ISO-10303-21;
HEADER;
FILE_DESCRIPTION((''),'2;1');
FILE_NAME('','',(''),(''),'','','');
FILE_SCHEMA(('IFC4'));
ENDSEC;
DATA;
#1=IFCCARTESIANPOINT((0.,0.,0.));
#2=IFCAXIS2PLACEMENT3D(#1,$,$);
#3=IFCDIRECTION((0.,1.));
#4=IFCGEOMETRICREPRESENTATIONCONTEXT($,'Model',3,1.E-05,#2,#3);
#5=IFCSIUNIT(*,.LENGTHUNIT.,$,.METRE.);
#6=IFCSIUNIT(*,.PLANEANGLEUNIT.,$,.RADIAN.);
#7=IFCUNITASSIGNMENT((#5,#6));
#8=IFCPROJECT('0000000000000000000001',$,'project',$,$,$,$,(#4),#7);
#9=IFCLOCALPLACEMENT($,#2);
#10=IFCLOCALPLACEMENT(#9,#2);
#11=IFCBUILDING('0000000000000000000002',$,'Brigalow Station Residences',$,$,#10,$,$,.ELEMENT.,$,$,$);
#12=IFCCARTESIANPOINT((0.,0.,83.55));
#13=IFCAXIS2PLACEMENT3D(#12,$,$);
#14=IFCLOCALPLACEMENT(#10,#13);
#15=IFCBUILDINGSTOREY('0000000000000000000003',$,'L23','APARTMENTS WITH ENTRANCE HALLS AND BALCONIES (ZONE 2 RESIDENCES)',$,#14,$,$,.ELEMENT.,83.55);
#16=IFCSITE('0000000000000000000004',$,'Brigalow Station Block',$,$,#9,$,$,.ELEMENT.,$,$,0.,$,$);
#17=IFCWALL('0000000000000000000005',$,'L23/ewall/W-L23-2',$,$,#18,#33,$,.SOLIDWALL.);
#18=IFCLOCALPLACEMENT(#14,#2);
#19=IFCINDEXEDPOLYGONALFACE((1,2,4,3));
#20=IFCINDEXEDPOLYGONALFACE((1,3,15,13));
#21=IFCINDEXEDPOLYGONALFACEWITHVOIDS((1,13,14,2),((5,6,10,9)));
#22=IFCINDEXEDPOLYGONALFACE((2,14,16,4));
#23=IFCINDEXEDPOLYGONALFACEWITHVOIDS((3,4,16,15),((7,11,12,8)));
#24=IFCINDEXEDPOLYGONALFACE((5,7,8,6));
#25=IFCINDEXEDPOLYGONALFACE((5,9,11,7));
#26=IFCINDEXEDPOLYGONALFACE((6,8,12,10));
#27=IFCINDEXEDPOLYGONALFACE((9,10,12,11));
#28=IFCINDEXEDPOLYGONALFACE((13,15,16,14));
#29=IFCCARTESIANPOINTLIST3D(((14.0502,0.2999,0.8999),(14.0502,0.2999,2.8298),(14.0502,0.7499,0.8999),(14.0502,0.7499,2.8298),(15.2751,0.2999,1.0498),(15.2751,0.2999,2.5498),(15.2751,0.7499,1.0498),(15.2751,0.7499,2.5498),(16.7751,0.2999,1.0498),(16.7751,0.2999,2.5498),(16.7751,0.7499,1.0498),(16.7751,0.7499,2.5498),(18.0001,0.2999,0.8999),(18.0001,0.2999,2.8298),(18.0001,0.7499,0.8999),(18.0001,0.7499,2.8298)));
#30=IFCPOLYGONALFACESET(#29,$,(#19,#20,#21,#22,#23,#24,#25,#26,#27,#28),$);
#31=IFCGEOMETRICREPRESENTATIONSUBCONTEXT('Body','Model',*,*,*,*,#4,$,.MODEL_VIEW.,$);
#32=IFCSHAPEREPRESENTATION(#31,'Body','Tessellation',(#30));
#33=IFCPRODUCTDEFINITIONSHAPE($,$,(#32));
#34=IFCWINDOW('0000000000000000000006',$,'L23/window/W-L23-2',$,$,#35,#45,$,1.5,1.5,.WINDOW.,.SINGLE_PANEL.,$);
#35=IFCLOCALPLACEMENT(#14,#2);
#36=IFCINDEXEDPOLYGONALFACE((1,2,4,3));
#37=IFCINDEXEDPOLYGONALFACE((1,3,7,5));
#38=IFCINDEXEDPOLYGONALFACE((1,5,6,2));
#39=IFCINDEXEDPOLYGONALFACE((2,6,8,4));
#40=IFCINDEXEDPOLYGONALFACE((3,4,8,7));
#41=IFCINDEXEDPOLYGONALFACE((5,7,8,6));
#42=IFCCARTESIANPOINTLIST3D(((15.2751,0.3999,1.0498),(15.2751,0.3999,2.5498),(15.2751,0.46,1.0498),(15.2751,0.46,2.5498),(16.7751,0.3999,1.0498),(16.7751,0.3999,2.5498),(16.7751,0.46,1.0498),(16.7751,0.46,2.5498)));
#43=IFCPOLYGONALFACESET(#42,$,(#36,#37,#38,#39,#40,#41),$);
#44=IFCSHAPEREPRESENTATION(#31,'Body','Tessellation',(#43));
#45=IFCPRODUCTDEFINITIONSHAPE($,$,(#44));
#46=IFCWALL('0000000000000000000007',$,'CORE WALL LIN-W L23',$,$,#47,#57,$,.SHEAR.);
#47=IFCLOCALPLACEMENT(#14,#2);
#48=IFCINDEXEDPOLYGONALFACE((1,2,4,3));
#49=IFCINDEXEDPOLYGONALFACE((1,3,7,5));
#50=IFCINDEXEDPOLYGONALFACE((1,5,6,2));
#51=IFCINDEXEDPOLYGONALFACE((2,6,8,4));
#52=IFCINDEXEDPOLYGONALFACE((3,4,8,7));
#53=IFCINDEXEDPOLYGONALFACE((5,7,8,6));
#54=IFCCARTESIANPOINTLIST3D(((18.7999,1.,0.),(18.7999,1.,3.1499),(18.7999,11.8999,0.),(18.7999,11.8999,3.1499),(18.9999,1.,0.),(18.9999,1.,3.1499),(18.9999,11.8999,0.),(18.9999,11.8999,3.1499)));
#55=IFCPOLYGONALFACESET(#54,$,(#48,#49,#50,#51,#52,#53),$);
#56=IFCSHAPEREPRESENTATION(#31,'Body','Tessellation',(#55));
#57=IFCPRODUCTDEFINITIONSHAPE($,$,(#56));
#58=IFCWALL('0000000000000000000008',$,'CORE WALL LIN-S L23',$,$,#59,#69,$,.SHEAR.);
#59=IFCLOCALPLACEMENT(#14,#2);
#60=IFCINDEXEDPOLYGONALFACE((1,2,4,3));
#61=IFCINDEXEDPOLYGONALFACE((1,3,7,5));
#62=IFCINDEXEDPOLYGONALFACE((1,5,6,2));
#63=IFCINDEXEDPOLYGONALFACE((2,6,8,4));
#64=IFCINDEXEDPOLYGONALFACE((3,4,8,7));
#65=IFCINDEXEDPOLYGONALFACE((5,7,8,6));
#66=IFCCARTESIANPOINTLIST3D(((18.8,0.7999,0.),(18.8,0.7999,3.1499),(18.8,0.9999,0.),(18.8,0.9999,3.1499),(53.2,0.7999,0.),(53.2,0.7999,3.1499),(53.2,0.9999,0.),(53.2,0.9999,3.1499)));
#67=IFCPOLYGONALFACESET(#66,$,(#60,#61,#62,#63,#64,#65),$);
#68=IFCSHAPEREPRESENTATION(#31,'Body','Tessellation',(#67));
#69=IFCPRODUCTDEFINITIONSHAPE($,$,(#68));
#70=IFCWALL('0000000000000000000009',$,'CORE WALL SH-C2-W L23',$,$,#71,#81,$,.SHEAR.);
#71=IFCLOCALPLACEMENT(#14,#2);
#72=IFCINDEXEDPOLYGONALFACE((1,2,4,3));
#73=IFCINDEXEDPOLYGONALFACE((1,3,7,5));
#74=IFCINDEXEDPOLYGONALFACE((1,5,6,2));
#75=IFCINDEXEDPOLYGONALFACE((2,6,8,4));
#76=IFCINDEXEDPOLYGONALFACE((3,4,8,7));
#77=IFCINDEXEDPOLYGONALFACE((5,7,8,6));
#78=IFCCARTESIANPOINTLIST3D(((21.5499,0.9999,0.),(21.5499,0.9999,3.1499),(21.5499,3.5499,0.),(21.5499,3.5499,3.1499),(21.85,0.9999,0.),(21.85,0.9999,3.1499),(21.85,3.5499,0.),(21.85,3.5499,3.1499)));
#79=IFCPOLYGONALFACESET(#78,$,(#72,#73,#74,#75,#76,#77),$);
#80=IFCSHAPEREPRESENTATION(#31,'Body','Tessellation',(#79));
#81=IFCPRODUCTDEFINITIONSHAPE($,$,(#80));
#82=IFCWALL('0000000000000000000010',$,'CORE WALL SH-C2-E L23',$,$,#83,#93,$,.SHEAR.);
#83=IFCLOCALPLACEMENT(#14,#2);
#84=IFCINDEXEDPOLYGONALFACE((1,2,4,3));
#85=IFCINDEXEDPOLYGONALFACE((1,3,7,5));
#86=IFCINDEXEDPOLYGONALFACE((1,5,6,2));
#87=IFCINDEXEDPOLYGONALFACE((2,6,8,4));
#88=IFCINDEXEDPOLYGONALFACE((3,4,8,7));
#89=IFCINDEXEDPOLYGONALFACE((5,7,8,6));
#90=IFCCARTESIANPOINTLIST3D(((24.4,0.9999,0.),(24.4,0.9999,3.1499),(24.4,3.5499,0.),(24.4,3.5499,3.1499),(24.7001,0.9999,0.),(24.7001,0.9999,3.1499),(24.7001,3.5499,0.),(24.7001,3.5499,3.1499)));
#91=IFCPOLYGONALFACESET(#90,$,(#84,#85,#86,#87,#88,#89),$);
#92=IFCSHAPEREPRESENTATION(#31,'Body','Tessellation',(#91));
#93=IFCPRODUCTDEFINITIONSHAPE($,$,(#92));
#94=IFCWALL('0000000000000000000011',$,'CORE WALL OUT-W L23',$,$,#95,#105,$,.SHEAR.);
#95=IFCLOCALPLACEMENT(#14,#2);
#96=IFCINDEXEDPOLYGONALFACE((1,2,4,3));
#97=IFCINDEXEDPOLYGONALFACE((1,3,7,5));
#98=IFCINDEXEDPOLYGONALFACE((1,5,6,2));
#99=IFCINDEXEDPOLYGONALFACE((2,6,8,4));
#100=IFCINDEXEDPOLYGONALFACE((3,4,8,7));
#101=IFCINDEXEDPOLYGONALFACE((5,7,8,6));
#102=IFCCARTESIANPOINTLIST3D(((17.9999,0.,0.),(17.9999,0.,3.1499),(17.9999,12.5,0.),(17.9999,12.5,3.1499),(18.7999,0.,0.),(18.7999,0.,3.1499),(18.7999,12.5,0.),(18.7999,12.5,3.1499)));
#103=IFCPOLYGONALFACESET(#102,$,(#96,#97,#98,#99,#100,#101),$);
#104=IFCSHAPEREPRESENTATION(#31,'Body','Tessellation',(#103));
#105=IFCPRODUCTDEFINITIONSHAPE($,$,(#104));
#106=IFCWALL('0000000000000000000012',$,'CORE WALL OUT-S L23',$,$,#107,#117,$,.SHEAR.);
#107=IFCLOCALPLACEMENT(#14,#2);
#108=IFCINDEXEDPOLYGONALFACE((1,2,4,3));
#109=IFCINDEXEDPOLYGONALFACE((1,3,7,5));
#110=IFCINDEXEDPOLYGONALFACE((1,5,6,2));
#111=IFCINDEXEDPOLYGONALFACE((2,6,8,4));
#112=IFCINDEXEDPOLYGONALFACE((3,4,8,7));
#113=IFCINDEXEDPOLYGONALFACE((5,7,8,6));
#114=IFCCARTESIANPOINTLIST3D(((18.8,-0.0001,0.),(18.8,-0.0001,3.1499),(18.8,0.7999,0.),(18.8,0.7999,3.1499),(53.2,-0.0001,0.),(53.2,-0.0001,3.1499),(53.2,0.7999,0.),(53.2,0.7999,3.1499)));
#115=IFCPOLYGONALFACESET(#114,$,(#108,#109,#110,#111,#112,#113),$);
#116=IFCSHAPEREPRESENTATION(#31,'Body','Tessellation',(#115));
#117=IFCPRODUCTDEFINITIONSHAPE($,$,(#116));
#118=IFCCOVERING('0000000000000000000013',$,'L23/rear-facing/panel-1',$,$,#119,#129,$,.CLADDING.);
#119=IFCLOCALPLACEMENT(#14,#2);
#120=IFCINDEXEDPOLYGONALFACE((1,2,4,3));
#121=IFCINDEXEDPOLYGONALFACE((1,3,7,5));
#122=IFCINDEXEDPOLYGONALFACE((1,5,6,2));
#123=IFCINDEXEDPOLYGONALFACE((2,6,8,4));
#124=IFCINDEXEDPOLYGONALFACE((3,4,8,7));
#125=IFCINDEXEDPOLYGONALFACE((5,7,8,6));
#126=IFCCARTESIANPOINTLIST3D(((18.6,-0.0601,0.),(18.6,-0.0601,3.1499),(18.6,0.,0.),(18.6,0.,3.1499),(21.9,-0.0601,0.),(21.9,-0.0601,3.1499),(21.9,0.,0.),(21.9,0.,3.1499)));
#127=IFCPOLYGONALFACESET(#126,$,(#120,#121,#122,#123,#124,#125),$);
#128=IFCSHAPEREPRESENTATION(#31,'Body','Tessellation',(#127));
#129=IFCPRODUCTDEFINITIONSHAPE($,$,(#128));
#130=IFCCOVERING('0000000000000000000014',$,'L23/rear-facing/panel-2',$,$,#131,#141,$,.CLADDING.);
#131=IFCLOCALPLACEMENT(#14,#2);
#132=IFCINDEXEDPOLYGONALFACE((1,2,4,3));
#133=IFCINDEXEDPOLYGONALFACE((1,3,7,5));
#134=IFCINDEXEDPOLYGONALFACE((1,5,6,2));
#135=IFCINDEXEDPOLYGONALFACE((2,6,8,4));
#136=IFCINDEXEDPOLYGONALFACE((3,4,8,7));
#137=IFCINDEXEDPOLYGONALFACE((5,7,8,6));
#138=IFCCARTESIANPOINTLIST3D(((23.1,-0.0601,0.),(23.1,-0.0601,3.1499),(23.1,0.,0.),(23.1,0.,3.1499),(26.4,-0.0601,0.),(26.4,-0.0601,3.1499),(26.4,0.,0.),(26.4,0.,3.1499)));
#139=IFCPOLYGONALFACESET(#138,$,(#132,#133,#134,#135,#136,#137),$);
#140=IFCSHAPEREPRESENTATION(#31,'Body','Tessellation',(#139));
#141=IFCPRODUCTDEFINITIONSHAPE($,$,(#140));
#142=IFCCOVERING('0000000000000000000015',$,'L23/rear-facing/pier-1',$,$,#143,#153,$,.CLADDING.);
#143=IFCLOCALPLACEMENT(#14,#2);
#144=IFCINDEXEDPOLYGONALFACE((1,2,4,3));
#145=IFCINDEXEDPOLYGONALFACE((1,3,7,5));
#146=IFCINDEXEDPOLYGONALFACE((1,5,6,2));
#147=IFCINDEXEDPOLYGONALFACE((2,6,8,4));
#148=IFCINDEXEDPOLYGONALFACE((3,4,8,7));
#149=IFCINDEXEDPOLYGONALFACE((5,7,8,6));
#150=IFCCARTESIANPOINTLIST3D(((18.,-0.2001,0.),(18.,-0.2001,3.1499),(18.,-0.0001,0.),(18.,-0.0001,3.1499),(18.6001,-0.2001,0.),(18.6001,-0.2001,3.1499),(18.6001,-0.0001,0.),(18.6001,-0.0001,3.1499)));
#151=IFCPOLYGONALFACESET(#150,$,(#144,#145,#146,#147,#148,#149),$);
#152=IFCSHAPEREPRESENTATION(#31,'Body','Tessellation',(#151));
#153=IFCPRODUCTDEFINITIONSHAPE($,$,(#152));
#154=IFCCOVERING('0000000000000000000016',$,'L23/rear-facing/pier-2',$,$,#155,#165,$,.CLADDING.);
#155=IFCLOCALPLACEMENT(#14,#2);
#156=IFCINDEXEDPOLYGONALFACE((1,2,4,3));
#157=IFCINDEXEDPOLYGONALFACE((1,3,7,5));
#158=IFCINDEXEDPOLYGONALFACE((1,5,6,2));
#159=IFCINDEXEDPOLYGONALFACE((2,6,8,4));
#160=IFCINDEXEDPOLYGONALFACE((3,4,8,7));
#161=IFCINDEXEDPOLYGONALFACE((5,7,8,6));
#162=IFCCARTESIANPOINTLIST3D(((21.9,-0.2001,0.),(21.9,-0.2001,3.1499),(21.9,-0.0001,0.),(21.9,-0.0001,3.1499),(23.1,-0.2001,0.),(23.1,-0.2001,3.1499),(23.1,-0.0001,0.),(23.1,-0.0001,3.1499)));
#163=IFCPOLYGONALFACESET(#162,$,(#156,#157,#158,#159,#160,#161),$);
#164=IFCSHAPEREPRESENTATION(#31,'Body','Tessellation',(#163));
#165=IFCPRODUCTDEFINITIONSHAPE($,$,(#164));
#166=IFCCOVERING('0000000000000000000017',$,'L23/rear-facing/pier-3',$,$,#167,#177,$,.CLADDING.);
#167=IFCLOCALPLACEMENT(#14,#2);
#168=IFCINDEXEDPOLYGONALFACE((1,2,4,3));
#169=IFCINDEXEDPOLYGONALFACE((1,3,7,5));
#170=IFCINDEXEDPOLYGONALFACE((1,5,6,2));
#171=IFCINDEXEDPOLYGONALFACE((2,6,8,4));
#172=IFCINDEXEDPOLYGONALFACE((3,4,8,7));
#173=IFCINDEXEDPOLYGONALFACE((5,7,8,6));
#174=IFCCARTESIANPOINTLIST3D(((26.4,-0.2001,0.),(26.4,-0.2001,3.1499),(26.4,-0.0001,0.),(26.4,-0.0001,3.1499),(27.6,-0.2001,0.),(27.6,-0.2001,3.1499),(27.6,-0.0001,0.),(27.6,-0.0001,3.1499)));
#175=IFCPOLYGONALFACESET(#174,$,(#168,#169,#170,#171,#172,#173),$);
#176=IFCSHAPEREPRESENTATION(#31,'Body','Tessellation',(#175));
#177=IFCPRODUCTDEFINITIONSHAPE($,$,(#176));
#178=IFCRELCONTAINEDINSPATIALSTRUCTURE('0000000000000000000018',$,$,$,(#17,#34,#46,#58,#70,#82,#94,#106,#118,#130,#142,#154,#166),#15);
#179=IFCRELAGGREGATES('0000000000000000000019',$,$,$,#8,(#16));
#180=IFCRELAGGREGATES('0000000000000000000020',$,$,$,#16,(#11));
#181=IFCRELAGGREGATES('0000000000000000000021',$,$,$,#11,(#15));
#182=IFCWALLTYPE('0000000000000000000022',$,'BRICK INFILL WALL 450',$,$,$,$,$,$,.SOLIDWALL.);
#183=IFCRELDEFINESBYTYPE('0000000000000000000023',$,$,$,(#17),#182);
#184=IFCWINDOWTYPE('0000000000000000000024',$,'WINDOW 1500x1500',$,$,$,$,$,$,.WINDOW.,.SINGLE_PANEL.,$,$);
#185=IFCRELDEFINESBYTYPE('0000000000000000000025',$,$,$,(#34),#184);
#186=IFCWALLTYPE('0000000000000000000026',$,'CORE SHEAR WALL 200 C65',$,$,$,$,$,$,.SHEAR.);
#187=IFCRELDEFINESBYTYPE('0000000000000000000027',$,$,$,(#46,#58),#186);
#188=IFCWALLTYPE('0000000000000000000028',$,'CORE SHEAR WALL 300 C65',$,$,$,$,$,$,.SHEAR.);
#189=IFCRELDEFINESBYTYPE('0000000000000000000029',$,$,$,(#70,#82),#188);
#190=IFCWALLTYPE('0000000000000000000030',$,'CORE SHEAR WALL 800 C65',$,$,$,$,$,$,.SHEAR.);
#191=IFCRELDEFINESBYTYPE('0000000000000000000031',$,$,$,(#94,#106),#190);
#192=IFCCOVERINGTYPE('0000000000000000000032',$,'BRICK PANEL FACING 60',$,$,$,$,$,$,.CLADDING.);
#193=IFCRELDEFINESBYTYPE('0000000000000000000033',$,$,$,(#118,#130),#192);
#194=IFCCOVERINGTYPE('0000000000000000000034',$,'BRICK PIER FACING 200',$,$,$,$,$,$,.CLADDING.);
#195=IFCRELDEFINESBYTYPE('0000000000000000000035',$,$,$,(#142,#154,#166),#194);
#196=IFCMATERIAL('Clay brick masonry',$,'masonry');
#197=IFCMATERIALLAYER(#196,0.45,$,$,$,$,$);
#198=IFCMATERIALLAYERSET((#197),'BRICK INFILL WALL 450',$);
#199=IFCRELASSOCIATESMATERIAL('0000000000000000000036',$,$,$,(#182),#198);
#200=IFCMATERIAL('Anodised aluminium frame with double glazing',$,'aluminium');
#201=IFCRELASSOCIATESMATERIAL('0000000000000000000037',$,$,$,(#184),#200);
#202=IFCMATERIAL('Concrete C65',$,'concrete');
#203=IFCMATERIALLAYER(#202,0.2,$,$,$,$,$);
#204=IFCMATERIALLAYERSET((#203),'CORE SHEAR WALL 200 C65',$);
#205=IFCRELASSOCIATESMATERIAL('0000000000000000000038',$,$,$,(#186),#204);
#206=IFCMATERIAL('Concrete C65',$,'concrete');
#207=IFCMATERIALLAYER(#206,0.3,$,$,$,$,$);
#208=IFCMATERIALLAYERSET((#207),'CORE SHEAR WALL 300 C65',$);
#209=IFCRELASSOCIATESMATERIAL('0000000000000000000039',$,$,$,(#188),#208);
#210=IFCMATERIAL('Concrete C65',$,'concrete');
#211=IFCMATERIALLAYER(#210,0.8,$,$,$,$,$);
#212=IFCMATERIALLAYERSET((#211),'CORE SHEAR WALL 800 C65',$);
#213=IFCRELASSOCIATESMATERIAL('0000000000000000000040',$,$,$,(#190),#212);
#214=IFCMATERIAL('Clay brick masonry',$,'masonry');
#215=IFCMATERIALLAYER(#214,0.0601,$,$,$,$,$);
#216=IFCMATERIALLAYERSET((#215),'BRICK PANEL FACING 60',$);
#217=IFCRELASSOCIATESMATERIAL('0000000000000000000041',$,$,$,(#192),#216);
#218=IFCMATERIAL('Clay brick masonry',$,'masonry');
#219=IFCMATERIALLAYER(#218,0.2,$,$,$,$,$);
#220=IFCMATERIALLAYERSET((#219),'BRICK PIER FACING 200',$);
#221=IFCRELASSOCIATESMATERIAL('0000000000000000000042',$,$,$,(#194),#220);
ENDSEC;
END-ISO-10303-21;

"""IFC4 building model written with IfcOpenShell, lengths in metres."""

from ifc_helpers import new_model, si_unit, direction, frame, frame_2d, origin, origin_2d, place, context, subcontext, project, spatial, rectangle, extrude, material, layer, layer_set, type_object, element, fill, save


model = new_model("IFC4")

# Units and contexts
model_context = context("Model", 3, precision=1e-05, world=origin(), true_north=direction((0.0, 1.0)))
body_context = subcontext(model_context, "Body", "Model", "MODEL_VIEW")
ifc_project = project(units=[si_unit("LENGTHUNIT", "METRE"), si_unit("PLANEANGLEUNIT", "RADIAN")], contexts=[model_context])

# Site, building, storey
site_placement = place(None, origin())
site = spatial("IfcSite", under=ifc_project, at=site_placement, Name="Brigalow Station Block", CompositionType="ELEMENT", RefElevation=0.0)
building_placement = place(site_placement, origin())
building = spatial("IfcBuilding", under=site, at=building_placement, Name="Brigalow Station Residences", CompositionType="ELEMENT")
storey_placement = place(building_placement, frame((0.0, 0.0, 83.55)))
storey = spatial("IfcBuildingStorey", under=building, at=storey_placement, Name="L23", Description="APARTMENTS WITH ENTRANCE HALLS AND BALCONIES (ZONE 2 RESIDENCES)", CompositionType="ELEMENT", Elevation=83.55)

# Wall, opening, window
ifc_material_1 = material(Name="Clay brick masonry", Category="masonry")
ifc_layer_1 = layer(ifc_material_1, 0.45)
ifc_layer_set_1 = layer_set([ifc_layer_1], Name="BRICK INFILL WALL 450")
wall_type_1 = type_object("IfcWallType", Name="BRICK INFILL WALL 450", PredefinedType="SOLIDWALL", material=ifc_layer_set_1)
wall_1_placement = place(storey_placement, frame((14.05, 0.5249, 0.8999), z_axis=(0.0, 0.0, 1.0), x_axis=(1.0, 0.0, 0.0)))
wall_1 = element("IfcWall", 1, at=wall_1_placement, inside=storey, type_object=wall_type_1, Name="L23/ewall/W-L23-2", PredefinedType="SOLIDWALL", context=body_context, shape_type="SweptSolid", body=[
    extrude(rectangle(XDim=3.95, YDim=0.45, at=frame_2d((1.9751, 0.0))), origin(), (0.0, 0.0, 1.0), 1.9299),
])
opening_placement = place(wall_1_placement, frame((1.2251, 0.0, 0.1499)))
opening = element("IfcOpeningElement", 2, at=opening_placement, cuts=wall_1, PredefinedType="OPENING", context=body_context, shape_type="SweptSolid", body=[
    extrude(rectangle(XDim=1.5, YDim=1.5, at=frame_2d((0.75, 0.75))), frame((0.0, 0.2349, 0.0), z_axis=(0.0, -1.0, 0.0), x_axis=(1.0, 0.0, 0.0)), (0.0, 0.0, 1.0), 0.47),
])
ifc_material_2 = material(Name="Anodised aluminium frame with double glazing", Category="aluminium")
window_type = type_object("IfcWindowType", Name="WINDOW 1500x1500", PartitioningType="SINGLE_PANEL", PredefinedType="WINDOW", material=ifc_material_2)
window_placement = place(opening_placement, origin())
window = element("IfcWindow", 3, at=window_placement, inside=storey, type_object=window_type, Name="L23/window/W-L23-2", OverallHeight=1.5, OverallWidth=1.5, PartitioningType="SINGLE_PANEL", PredefinedType="WINDOW", context=body_context, shape_type="SweptSolid", body=[
    extrude(rectangle(XDim=1.5, YDim=1.5, at=frame_2d((0.75, 0.75))), frame((0.0, -0.0649, 0.0), z_axis=(0.0, -1.0, 0.0), x_axis=(1.0, 0.0, 0.0)), (0.0, 0.0, 1.0), 0.0601),
])
fill(opening, window)

# Walls
ifc_material_3 = material(Name="Concrete C65", Category="concrete")
ifc_layer_2 = layer(ifc_material_3, 0.2)
ifc_layer_set_2 = layer_set([ifc_layer_2], Name="CORE SHEAR WALL 200 C65")
wall_type_2 = type_object("IfcWallType", Name="CORE SHEAR WALL 200 C65", PredefinedType="SHEAR", material=ifc_layer_set_2)
wall_2_placement = place(storey_placement, frame((18.8999, 1.0, 0.0), z_axis=(0.0, 0.0, 1.0), x_axis=(0.0, 1.0, 0.0)))
element("IfcWall", 4, at=wall_2_placement, inside=storey, type_object=wall_type_2, Name="CORE WALL LIN-W L23", PredefinedType="SHEAR", context=body_context, shape_type="SweptSolid", body=[
    extrude(rectangle(XDim=10.8999, YDim=0.2, at=frame_2d((5.45, 0.0))), origin(), (0.0, 0.0, 1.0), 3.1499),
])
wall_3_placement = place(storey_placement, frame((18.8, 0.8999, 0.0), z_axis=(0.0, 0.0, 1.0), x_axis=(1.0, 0.0, 0.0)))
element("IfcWall", 5, at=wall_3_placement, inside=storey, type_object=wall_type_2, Name="CORE WALL LIN-S L23", PredefinedType="SHEAR", context=body_context, shape_type="SweptSolid", body=[
    extrude(rectangle(XDim=34.3999, YDim=0.2, at=frame_2d((17.2, 0.0))), origin(), (0.0, 0.0, 1.0), 3.1499),
])
ifc_material_4 = material(Name="Concrete C65", Category="concrete")
ifc_layer_3 = layer(ifc_material_4, 0.3)
ifc_layer_set_3 = layer_set([ifc_layer_3], Name="CORE SHEAR WALL 300 C65")
wall_type_3 = type_object("IfcWallType", Name="CORE SHEAR WALL 300 C65", PredefinedType="SHEAR", material=ifc_layer_set_3)
for number, where, z_axis, x_axis, name in (
    (6, (21.7, 1.0, 0.0), (0.0, 0.0, 1.0), (0.0, 1.0, 0.0), "CORE WALL SH-C2-W L23"),
    (7, (24.55, 1.0, 0.0), (0.0, 0.0, 1.0), (0.0, 1.0, 0.0), "CORE WALL SH-C2-E L23"),
):
    element("IfcWall", number, at=place(storey_placement, frame(where, z_axis=z_axis, x_axis=x_axis)), inside=storey, type_object=wall_type_3, Name=name, PredefinedType="SHEAR", context=body_context, shape_type="SweptSolid", body=[
        extrude(rectangle(XDim=2.55, YDim=0.3, at=frame_2d((1.2749, 0.0))), origin(), (0.0, 0.0, 1.0), 3.1499),
    ])
ifc_material_5 = material(Name="Concrete C65", Category="concrete")
ifc_layer_4 = layer(ifc_material_5, 0.8)
ifc_layer_set_4 = layer_set([ifc_layer_4], Name="CORE SHEAR WALL 800 C65")
wall_type_4 = type_object("IfcWallType", Name="CORE SHEAR WALL 800 C65", PredefinedType="SHEAR", material=ifc_layer_set_4)
wall_4_placement = place(storey_placement, frame((18.3999, 0.0, 0.0), z_axis=(0.0, 0.0, 1.0), x_axis=(0.0, 1.0, 0.0)))
element("IfcWall", 8, at=wall_4_placement, inside=storey, type_object=wall_type_4, Name="CORE WALL OUT-W L23", PredefinedType="SHEAR", context=body_context, shape_type="SweptSolid", body=[
    extrude(rectangle(XDim=12.5, YDim=0.8, at=frame_2d((6.25, 0.0))), origin(), (0.0, 0.0, 1.0), 3.1499),
])
wall_5_placement = place(storey_placement, frame((18.8, 0.3999, 0.0), z_axis=(0.0, 0.0, 1.0), x_axis=(1.0, 0.0, 0.0)))
element("IfcWall", 9, at=wall_5_placement, inside=storey, type_object=wall_type_4, Name="CORE WALL OUT-S L23", PredefinedType="SHEAR", context=body_context, shape_type="SweptSolid", body=[
    extrude(rectangle(XDim=34.3999, YDim=0.8, at=frame_2d((17.2, 0.0))), origin(), (0.0, 0.0, 1.0), 3.1499),
])

# Coverings
ifc_material_6 = material(Name="Clay brick masonry", Category="masonry")
ifc_layer_5 = layer(ifc_material_6, 0.0601)
ifc_layer_set_5 = layer_set([ifc_layer_5], Name="BRICK PANEL FACING 60")
covering_type_1 = type_object("IfcCoveringType", Name="BRICK PANEL FACING 60", PredefinedType="CLADDING", material=ifc_layer_set_5)
for number, where, z_axis, x_axis, name in (
    (10, (20.25, -0.03, 0.0), (0.0, 0.0, 1.0), (1.0, 0.0, 0.0), "L23/rear-facing/panel-1"),
    (11, (24.75, -0.03, 0.0), (0.0, 0.0, 1.0), (1.0, 0.0, 0.0), "L23/rear-facing/panel-2"),
):
    element("IfcCovering", number, at=place(storey_placement, frame(where, z_axis=z_axis, x_axis=x_axis)), inside=storey, type_object=covering_type_1, Name=name, PredefinedType="CLADDING", context=body_context, shape_type="SweptSolid", body=[
        extrude(rectangle(XDim=3.3, YDim=0.0601, at=origin_2d()), origin(), (0.0, 0.0, 1.0), 3.1499),
    ])
ifc_material_7 = material(Name="Clay brick masonry", Category="masonry")
ifc_layer_6 = layer(ifc_material_7, 0.2)
ifc_layer_set_6 = layer_set([ifc_layer_6], Name="BRICK PIER FACING 200")
covering_type_2 = type_object("IfcCoveringType", Name="BRICK PIER FACING 200", PredefinedType="CLADDING", material=ifc_layer_set_6)
covering_placement = place(storey_placement, frame((18.3, -0.1001, 0.0), z_axis=(0.0, 0.0, 1.0), x_axis=(1.0, 0.0, 0.0)))
element("IfcCovering", 12, at=covering_placement, inside=storey, type_object=covering_type_2, Name="L23/rear-facing/pier-1", PredefinedType="CLADDING", context=body_context, shape_type="SweptSolid", body=[
    extrude(rectangle(XDim=0.6001, YDim=0.2, at=origin_2d()), origin(), (0.0, 0.0, 1.0), 3.1499),
])
for number, where, z_axis, x_axis, name in (
    (13, (22.5, -0.1001, 0.0), (0.0, 0.0, 1.0), (1.0, 0.0, 0.0), "L23/rear-facing/pier-2"),
    (14, (27.0, -0.1001, 0.0), (0.0, 0.0, 1.0), (1.0, 0.0, 0.0), "L23/rear-facing/pier-3"),
):
    element("IfcCovering", number, at=place(storey_placement, frame(where, z_axis=z_axis, x_axis=x_axis)), inside=storey, type_object=covering_type_2, Name=name, PredefinedType="CLADDING", context=body_context, shape_type="SweptSolid", body=[
        extrude(rectangle(XDim=1.2, YDim=0.2, at=origin_2d()), origin(), (0.0, 0.0, 1.0), 3.1499),
    ])

save(model, "model.ifc")
